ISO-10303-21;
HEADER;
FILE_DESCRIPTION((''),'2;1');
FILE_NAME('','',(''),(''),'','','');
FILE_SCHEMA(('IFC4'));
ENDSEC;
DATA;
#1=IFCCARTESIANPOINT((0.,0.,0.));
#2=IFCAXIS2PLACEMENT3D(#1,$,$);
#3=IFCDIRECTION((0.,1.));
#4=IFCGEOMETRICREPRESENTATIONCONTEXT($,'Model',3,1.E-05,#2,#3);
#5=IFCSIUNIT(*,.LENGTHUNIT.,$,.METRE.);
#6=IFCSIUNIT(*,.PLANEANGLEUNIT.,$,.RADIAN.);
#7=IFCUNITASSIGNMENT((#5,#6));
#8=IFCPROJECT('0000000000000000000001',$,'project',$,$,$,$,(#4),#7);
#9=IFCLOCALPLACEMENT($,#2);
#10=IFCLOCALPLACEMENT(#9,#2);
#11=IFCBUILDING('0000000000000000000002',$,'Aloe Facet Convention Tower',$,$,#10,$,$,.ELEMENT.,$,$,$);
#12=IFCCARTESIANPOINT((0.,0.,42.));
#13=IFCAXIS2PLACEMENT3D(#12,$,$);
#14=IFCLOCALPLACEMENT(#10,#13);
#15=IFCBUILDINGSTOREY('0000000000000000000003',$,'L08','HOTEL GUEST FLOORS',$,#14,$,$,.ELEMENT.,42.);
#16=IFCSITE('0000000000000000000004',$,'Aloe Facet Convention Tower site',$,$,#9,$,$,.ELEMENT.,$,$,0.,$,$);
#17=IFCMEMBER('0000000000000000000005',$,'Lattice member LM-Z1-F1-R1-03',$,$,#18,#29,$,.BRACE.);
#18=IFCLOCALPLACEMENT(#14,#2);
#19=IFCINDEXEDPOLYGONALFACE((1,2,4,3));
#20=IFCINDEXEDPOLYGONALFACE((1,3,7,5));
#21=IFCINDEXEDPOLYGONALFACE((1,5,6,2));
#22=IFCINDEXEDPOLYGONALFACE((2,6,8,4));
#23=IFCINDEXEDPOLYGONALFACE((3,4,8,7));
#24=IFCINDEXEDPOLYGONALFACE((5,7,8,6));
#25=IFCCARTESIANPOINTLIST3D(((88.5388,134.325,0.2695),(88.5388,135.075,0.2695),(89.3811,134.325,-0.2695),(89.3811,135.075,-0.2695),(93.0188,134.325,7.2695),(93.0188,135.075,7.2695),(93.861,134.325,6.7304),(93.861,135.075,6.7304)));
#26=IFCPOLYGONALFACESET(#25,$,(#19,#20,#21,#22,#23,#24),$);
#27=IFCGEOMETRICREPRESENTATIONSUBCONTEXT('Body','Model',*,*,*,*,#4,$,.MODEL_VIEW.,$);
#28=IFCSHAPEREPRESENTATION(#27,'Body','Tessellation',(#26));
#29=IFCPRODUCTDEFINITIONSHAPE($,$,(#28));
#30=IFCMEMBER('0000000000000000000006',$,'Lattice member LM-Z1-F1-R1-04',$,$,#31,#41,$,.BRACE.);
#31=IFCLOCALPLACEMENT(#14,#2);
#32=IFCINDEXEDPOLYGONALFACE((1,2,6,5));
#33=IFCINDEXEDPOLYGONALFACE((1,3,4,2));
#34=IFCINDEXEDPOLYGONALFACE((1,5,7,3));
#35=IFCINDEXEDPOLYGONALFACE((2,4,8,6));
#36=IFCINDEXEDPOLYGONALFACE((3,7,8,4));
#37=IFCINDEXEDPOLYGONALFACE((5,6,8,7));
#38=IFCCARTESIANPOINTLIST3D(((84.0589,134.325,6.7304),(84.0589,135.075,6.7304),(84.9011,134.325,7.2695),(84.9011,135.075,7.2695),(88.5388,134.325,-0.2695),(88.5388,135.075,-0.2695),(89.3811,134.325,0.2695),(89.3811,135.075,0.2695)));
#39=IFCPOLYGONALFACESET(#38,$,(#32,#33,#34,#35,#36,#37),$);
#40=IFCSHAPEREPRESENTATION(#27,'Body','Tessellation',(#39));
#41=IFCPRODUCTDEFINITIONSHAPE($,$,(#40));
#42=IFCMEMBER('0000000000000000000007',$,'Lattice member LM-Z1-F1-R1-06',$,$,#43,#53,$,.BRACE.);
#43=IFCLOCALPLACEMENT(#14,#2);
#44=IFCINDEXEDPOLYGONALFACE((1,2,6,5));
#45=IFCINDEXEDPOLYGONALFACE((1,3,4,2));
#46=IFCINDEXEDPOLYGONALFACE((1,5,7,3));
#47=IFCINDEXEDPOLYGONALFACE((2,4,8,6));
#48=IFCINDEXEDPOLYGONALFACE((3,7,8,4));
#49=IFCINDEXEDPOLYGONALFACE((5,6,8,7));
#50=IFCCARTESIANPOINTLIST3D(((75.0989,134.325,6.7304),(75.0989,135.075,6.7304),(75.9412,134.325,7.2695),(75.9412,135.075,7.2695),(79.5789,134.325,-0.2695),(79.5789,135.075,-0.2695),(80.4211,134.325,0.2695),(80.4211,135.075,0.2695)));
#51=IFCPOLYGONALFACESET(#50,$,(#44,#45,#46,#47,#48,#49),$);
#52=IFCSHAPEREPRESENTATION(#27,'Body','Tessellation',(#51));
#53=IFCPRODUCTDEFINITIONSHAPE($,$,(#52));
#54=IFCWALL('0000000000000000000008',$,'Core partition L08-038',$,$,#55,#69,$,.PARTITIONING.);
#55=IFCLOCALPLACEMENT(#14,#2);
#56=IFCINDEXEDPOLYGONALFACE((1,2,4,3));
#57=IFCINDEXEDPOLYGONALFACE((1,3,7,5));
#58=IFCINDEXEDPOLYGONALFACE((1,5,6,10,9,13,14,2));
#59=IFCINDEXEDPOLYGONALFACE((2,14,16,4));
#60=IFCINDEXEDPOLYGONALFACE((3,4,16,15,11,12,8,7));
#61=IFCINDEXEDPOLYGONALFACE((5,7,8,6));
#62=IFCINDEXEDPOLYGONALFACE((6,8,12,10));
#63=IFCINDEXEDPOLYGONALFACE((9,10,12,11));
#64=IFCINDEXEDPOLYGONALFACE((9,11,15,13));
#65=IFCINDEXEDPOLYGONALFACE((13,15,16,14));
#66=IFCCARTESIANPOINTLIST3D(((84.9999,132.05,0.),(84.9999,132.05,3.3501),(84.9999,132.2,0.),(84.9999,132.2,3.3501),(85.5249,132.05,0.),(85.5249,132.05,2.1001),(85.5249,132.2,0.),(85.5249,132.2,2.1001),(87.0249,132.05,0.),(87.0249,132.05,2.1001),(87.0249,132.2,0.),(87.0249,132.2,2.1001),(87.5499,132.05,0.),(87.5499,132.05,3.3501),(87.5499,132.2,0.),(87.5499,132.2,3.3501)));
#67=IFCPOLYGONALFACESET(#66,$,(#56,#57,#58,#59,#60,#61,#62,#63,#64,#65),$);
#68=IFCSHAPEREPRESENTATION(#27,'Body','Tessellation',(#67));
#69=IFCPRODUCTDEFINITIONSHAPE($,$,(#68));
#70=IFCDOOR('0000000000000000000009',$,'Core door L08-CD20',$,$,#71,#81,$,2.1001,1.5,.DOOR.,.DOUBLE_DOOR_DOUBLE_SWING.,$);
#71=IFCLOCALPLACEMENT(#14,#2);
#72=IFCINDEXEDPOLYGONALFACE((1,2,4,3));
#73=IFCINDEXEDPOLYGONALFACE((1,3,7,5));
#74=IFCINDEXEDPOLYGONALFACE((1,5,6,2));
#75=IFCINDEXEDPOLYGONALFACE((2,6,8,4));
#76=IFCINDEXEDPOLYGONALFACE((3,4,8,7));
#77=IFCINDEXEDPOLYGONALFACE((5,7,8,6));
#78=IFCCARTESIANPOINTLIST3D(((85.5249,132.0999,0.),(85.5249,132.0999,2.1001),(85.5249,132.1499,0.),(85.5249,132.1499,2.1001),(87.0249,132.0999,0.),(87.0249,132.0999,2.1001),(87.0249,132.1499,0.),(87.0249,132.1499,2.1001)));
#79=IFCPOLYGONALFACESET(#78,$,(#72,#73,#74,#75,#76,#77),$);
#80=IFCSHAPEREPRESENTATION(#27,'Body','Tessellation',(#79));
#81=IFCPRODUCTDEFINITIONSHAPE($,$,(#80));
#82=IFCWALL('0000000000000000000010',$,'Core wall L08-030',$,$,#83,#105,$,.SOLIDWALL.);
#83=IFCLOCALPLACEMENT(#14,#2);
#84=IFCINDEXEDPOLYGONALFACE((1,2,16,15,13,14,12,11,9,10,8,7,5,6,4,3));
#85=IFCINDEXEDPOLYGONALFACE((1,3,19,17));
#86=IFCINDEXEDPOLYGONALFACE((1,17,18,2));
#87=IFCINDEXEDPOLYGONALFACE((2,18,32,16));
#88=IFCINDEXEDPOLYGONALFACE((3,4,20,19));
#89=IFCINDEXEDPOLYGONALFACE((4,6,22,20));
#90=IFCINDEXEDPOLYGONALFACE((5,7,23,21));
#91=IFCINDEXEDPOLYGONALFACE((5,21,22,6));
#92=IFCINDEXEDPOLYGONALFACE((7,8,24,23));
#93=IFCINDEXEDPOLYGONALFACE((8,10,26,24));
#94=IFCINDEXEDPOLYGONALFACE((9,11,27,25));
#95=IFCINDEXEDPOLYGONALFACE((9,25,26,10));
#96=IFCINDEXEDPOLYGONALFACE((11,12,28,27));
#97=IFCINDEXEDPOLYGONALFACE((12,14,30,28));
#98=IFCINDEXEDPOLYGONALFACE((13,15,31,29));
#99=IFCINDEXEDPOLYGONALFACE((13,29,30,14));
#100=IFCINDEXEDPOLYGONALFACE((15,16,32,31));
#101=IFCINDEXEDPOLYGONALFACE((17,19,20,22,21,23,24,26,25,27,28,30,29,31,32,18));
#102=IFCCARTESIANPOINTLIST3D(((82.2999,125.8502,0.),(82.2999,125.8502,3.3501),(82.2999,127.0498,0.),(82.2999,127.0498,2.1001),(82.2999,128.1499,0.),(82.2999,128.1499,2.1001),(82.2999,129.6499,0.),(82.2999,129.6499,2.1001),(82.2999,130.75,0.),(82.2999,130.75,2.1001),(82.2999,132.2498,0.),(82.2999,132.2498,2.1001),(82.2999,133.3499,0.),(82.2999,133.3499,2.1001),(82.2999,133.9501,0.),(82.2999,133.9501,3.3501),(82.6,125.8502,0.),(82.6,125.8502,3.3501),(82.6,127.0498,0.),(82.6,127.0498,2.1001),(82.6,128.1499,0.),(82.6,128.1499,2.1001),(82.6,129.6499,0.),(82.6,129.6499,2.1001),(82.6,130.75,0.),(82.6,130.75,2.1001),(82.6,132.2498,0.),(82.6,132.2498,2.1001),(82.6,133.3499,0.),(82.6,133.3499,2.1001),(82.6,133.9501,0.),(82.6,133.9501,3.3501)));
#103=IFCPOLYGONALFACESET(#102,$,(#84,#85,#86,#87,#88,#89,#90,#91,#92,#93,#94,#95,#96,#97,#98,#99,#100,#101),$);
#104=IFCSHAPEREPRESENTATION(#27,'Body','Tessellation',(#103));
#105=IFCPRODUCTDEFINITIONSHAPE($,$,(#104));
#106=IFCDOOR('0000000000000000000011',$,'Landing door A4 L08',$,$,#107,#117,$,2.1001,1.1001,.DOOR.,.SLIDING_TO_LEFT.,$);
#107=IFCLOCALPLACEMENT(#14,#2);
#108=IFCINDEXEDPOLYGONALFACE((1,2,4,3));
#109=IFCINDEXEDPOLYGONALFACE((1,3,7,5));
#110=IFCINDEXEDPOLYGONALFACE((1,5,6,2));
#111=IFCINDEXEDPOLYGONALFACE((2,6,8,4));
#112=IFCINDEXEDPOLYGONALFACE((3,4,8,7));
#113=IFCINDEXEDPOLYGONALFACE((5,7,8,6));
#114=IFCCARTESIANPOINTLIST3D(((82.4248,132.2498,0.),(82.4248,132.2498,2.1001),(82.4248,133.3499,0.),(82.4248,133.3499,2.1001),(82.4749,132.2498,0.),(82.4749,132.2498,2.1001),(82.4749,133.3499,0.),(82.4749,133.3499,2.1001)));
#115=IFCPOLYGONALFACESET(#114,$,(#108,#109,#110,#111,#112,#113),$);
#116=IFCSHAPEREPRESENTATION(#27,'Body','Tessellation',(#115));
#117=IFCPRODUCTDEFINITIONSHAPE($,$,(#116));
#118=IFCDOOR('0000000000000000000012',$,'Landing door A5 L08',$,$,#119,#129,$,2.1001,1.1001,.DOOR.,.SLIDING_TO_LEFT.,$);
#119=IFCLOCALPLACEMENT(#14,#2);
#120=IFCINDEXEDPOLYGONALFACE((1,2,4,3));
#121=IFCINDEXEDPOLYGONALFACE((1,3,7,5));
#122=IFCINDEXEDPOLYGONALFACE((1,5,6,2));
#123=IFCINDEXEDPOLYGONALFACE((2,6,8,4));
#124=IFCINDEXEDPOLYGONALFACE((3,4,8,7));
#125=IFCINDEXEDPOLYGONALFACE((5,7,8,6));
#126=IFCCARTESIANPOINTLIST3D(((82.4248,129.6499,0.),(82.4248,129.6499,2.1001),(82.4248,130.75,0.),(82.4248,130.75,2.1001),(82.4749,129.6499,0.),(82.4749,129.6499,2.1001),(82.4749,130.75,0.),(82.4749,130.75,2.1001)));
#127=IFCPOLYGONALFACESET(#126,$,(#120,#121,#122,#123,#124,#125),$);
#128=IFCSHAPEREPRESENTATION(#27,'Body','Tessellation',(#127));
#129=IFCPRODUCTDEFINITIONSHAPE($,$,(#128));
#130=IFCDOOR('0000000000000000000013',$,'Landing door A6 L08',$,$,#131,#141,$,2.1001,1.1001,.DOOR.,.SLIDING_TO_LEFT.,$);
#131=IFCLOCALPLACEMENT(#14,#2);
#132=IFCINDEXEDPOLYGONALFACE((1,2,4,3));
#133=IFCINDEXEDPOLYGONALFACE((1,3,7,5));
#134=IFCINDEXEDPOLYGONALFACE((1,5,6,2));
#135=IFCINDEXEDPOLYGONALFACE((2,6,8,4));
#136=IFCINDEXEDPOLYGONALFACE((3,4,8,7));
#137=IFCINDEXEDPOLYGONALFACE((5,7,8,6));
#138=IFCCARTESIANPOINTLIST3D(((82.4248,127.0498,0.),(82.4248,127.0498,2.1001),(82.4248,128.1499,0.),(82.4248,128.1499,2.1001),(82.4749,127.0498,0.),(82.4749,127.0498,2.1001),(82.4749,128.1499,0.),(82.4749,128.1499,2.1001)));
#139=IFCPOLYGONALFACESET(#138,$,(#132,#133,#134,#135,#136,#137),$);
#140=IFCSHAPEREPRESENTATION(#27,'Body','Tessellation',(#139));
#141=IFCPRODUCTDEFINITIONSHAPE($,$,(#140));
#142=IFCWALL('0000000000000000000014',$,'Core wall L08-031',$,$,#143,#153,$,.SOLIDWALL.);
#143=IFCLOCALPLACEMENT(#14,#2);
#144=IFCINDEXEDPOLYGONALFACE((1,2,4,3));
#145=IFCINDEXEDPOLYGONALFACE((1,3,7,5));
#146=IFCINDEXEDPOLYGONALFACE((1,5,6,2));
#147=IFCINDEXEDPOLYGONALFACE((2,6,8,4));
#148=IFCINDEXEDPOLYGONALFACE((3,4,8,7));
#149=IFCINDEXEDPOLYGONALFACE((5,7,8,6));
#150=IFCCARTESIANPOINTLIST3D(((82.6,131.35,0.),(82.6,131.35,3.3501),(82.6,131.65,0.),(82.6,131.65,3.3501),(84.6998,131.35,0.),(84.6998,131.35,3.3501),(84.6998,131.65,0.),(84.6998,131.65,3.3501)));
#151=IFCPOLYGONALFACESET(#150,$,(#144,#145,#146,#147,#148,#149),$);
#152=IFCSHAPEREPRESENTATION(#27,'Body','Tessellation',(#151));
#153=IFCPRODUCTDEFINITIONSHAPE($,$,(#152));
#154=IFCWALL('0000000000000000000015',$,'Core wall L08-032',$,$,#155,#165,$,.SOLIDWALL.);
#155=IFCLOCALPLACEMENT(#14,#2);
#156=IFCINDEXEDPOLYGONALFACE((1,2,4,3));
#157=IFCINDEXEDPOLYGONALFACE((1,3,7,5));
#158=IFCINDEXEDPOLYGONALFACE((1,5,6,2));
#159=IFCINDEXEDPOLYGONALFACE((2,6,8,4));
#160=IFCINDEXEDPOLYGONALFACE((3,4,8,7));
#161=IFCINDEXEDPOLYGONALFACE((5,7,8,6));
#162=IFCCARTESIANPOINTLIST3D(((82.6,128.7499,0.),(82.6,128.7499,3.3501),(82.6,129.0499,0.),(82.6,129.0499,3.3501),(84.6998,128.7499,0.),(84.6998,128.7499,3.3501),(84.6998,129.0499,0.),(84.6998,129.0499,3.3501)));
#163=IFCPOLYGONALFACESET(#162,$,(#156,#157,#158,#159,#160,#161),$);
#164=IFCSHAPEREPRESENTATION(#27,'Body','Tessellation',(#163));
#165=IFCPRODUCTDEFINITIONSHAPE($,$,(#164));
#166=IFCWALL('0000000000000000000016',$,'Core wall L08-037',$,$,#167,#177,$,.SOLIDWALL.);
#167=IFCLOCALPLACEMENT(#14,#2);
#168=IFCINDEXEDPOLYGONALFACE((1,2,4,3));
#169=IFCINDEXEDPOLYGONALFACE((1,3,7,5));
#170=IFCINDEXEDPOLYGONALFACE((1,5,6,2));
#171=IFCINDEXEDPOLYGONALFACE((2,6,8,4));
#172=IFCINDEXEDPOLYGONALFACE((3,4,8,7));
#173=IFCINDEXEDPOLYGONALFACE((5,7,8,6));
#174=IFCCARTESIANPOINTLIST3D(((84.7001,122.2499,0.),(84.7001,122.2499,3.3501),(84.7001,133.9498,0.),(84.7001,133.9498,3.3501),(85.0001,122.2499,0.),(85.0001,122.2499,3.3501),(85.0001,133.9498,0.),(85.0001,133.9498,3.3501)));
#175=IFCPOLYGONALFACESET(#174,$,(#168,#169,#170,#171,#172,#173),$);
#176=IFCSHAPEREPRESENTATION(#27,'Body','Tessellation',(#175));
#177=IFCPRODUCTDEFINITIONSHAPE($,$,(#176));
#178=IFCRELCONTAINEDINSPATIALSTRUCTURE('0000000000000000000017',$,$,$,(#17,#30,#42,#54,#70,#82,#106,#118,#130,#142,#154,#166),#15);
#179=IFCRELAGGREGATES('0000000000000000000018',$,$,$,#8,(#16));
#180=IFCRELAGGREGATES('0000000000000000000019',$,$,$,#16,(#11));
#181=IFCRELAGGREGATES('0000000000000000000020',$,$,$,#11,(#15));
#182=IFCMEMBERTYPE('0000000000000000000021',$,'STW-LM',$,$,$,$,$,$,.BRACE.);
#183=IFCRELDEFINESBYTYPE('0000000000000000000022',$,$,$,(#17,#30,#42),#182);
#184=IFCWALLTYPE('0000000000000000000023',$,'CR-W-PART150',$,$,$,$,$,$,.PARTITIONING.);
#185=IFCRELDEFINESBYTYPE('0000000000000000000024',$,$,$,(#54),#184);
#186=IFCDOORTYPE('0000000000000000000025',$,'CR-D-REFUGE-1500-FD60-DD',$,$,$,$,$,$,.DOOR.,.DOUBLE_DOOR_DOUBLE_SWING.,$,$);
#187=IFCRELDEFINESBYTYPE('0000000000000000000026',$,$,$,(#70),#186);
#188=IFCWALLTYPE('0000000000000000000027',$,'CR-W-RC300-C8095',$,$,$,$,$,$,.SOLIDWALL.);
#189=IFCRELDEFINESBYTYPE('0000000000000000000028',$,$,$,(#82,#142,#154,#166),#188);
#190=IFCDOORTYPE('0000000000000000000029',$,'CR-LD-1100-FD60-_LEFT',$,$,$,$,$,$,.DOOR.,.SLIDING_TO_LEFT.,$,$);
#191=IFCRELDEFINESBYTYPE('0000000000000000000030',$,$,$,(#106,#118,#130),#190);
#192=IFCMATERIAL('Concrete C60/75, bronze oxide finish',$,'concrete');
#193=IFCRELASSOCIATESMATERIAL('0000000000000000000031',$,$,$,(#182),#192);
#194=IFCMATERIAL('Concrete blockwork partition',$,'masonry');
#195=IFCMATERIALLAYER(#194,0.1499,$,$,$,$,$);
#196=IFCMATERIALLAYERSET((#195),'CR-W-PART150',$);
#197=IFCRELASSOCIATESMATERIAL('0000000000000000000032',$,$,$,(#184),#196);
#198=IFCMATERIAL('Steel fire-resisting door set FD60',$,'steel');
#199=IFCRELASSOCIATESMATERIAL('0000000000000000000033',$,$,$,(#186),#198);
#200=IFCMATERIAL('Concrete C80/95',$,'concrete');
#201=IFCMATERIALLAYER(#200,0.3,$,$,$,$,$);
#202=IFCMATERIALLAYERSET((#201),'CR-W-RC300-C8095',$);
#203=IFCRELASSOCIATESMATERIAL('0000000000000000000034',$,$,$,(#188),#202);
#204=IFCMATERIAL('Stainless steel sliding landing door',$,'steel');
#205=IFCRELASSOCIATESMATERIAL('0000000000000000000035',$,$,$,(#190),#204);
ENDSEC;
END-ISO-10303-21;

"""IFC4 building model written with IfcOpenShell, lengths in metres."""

from ifc_helpers import new_model, si_unit, direction, frame, frame_2d, origin, origin_2d, place, context, subcontext, project, spatial, rectangle, extrude, material, layer, layer_set, material_profile, profile_set, type_object, element, fill, save


model = new_model("IFC4")

# Units and contexts
model_context = context("Model", 3, precision=1e-05, world=origin(), true_north=direction((0.0, 1.0)))
body_context = subcontext(model_context, "Body", "Model", "MODEL_VIEW")
ifc_project = project(units=[si_unit("LENGTHUNIT", "METRE"), si_unit("PLANEANGLEUNIT", "RADIAN")], contexts=[model_context])

# Site, building, storey
site_placement = place(None, origin())
site = spatial("IfcSite", under=ifc_project, at=site_placement, Name="Aloe Facet Convention Tower site", CompositionType="ELEMENT", RefElevation=0.0)
building_placement = place(site_placement, origin())
building = spatial("IfcBuilding", under=site, at=building_placement, Name="Aloe Facet Convention Tower", CompositionType="ELEMENT")
storey_placement = place(building_placement, frame((0.0, 0.0, 42.0)))
storey = spatial("IfcBuildingStorey", under=building, at=storey_placement, Name="L08", Description="HOTEL GUEST FLOORS", CompositionType="ELEMENT", Elevation=42.0)

# Members
ifc_material_1 = material(Name="Concrete C60/75, bronze oxide finish", Category="concrete")
ifc_material_profile = material_profile(ifc_material_1, rectangle(XDim=0.75, YDim=1.0, at=origin_2d()), Name="STW-LM")
ifc_profile_set = profile_set([ifc_material_profile], Name="Concrete C60/75, bronze oxide finish")
member_type = type_object("IfcMemberType", Name="STW-LM", PredefinedType="BRACE", material=ifc_profile_set)
for number, where, z_axis, x_axis, name in (
    (1, (88.96, 134.7, 0.0), (0.539052, 0.0, 0.842272), (0.0, 1.0, 0.0), "Lattice member LM-Z1-F1-R1-03"),
    (2, (88.96, 134.7, 0.0), (-0.539052, 0.0, 0.842272), (0.0, -1.0, 0.0), "Lattice member LM-Z1-F1-R1-04"),
    (3, (80.0, 134.7, 0.0), (-0.539052, 0.0, 0.842272), (0.0, -1.0, 0.0), "Lattice member LM-Z1-F1-R1-06"),
):
    element("IfcMember", number, at=place(storey_placement, frame(where, z_axis=z_axis, x_axis=x_axis)), inside=storey, type_object=member_type, Name=name, PredefinedType="BRACE", context=body_context, shape_type="SweptSolid", body=[
        extrude(rectangle(XDim=0.75, YDim=1.0, at=origin_2d()), origin(), (0.0, 0.0, 1.0), 8.3108),
    ])

# Wall, opening, door
ifc_material_2 = material(Name="Concrete blockwork partition", Category="masonry")
ifc_layer_1 = layer(ifc_material_2, 0.1499)
ifc_layer_set_1 = layer_set([ifc_layer_1], Name="CR-W-PART150")
wall_type_1 = type_object("IfcWallType", Name="CR-W-PART150", PredefinedType="PARTITIONING", material=ifc_layer_set_1)
wall_1_placement = place(storey_placement, frame((85.0, 132.125, 0.0), z_axis=(0.0, 0.0, 1.0), x_axis=(1.0, 0.0, 0.0)))
wall_1 = element("IfcWall", 4, at=wall_1_placement, inside=storey, type_object=wall_type_1, Name="Core partition L08-038", PredefinedType="PARTITIONING", context=body_context, shape_type="SweptSolid", body=[
    extrude(rectangle(XDim=2.55, YDim=0.1499, at=frame_2d((1.2749, 0.0))), origin(), (0.0, 0.0, 1.0), 3.3501),
])
opening_1_placement = place(wall_1_placement, frame((0.5249, 0.0, 0.0)))
opening_1 = element("IfcOpeningElement", 5, at=opening_1_placement, cuts=wall_1, PredefinedType="OPENING", context=body_context, shape_type="SweptSolid", body=[
    extrude(rectangle(XDim=1.5, YDim=2.1001, at=frame_2d((0.75, 1.05))), frame((0.0, 0.085, 0.0), z_axis=(0.0, -1.0, 0.0), x_axis=(1.0, 0.0, 0.0)), (0.0, 0.0, 1.0), 0.1699),
])
ifc_material_3 = material(Name="Steel fire-resisting door set FD60", Category="steel")
door_type_1 = type_object("IfcDoorType", Name="CR-D-REFUGE-1500-FD60-DD", OperationType="DOUBLE_DOOR_DOUBLE_SWING", PredefinedType="DOOR", material=ifc_material_3)
door_1_placement = place(opening_1_placement, origin())
door_1 = element("IfcDoor", 6, at=door_1_placement, inside=storey, type_object=door_type_1, Name="Core door L08-CD20", OperationType="DOUBLE_DOOR_DOUBLE_SWING", OverallHeight=2.1001, OverallWidth=1.5, PredefinedType="DOOR", context=body_context, shape_type="SweptSolid", body=[
    extrude(rectangle(XDim=1.5, YDim=2.1001, at=frame_2d((0.75, 1.05))), frame((0.0, 0.0249, 0.0), z_axis=(0.0, -1.0, 0.0), x_axis=(1.0, 0.0, 0.0)), (0.0, 0.0, 1.0), 0.05),
])
fill(opening_1, door_1)

# Wall, openings, doors
ifc_material_4 = material(Name="Concrete C80/95", Category="concrete")
ifc_layer_2 = layer(ifc_material_4, 0.3)
ifc_layer_set_2 = layer_set([ifc_layer_2], Name="CR-W-RC300-C8095")
wall_type_2 = type_object("IfcWallType", Name="CR-W-RC300-C8095", PredefinedType="SOLIDWALL", material=ifc_layer_set_2)
wall_2_placement = place(storey_placement, frame((82.45, 133.95, 0.0), z_axis=(0.0, 0.0, 1.0), x_axis=(0.0, -1.0, 0.0)))
wall_2 = element("IfcWall", 7, at=wall_2_placement, inside=storey, type_object=wall_type_2, Name="Core wall L08-030", PredefinedType="SOLIDWALL", context=body_context, shape_type="SweptSolid", body=[
    extrude(rectangle(XDim=8.0999, YDim=0.3, at=frame_2d((4.0498, 0.0))), origin(), (0.0, 0.0, 1.0), 3.3501),
])
opening_2_placement = place(wall_2_placement, frame((0.6001, 0.0, 0.0)))
opening_2 = element("IfcOpeningElement", 8, at=opening_2_placement, cuts=wall_2, PredefinedType="OPENING", context=body_context, shape_type="SweptSolid", body=[
    extrude(rectangle(XDim=1.1001, YDim=2.1001, at=frame_2d((0.55, 1.05))), frame((0.0, 0.1602, 0.0), z_axis=(0.0, -1.0, 0.0), x_axis=(1.0, 0.0, 0.0)), (0.0, 0.0, 1.0), 0.3201),
])
opening_3_placement = place(wall_2_placement, frame((3.2, 0.0, 0.0)))
opening_3 = element("IfcOpeningElement", 9, at=opening_3_placement, cuts=wall_2, PredefinedType="OPENING", context=body_context, shape_type="SweptSolid", body=[
    extrude(rectangle(XDim=1.1001, YDim=2.1001, at=frame_2d((0.55, 1.05))), frame((0.0, 0.1602, 0.0), z_axis=(0.0, -1.0, 0.0), x_axis=(1.0, 0.0, 0.0)), (0.0, 0.0, 1.0), 0.3201),
])
opening_4_placement = place(wall_2_placement, frame((5.8, 0.0, 0.0)))
opening_4 = element("IfcOpeningElement", 10, at=opening_4_placement, cuts=wall_2, PredefinedType="OPENING", context=body_context, shape_type="SweptSolid", body=[
    extrude(rectangle(XDim=1.1001, YDim=2.1001, at=frame_2d((0.55, 1.05))), frame((0.0, 0.1602, 0.0), z_axis=(0.0, -1.0, 0.0), x_axis=(1.0, 0.0, 0.0)), (0.0, 0.0, 1.0), 0.3201),
])
ifc_material_5 = material(Name="Stainless steel sliding landing door", Category="steel")
door_type_2 = type_object("IfcDoorType", Name="CR-LD-1100-FD60-_LEFT", OperationType="SLIDING_TO_LEFT", PredefinedType="DOOR", material=ifc_material_5)
door_2_placement = place(opening_2_placement, origin())
door_2 = element("IfcDoor", 11, at=door_2_placement, inside=storey, type_object=door_type_2, Name="Landing door A4 L08", OperationType="SLIDING_TO_LEFT", OverallHeight=2.1001, OverallWidth=1.1001, PredefinedType="DOOR", context=body_context, shape_type="SweptSolid", body=[
    extrude(rectangle(XDim=1.1001, YDim=2.1001, at=frame_2d((0.55, 1.05))), frame((0.0, 0.0249, 0.0), z_axis=(0.0, -1.0, 0.0), x_axis=(1.0, 0.0, 0.0)), (0.0, 0.0, 1.0), 0.05),
])
fill(opening_2, door_2)
door_3_placement = place(opening_3_placement, origin())
door_3 = element("IfcDoor", 12, at=door_3_placement, inside=storey, type_object=door_type_2, Name="Landing door A5 L08", OperationType="SLIDING_TO_LEFT", OverallHeight=2.1001, OverallWidth=1.1001, PredefinedType="DOOR", context=body_context, shape_type="SweptSolid", body=[
    extrude(rectangle(XDim=1.1001, YDim=2.1001, at=frame_2d((0.55, 1.05))), frame((0.0, 0.0249, 0.0), z_axis=(0.0, -1.0, 0.0), x_axis=(1.0, 0.0, 0.0)), (0.0, 0.0, 1.0), 0.05),
])
fill(opening_3, door_3)
door_4_placement = place(opening_4_placement, origin())
door_4 = element("IfcDoor", 13, at=door_4_placement, inside=storey, type_object=door_type_2, Name="Landing door A6 L08", OperationType="SLIDING_TO_LEFT", OverallHeight=2.1001, OverallWidth=1.1001, PredefinedType="DOOR", context=body_context, shape_type="SweptSolid", body=[
    extrude(rectangle(XDim=1.1001, YDim=2.1001, at=frame_2d((0.55, 1.05))), frame((0.0, 0.0249, 0.0), z_axis=(0.0, -1.0, 0.0), x_axis=(1.0, 0.0, 0.0)), (0.0, 0.0, 1.0), 0.05),
])
fill(opening_4, door_4)

# Walls
for number, where, z_axis, x_axis, name in (
    (14, (82.6001, 131.5, 0.0), (0.0, 0.0, 1.0), (1.0, 0.0, 0.0), "Core wall L08-031"),
    (15, (82.6001, 128.8999, 0.0), (0.0, 0.0, 1.0), (1.0, 0.0, 0.0), "Core wall L08-032"),
):
    element("IfcWall", number, at=place(storey_placement, frame(where, z_axis=z_axis, x_axis=x_axis)), inside=storey, type_object=wall_type_2, Name=name, PredefinedType="SOLIDWALL", context=body_context, shape_type="SweptSolid", body=[
        extrude(rectangle(XDim=2.0999, YDim=0.3, at=frame_2d((1.0498, 0.0))), origin(), (0.0, 0.0, 1.0), 3.3501),
    ])
wall_3_placement = place(storey_placement, frame((84.8501, 133.95, 0.0), z_axis=(0.0, 0.0, 1.0), x_axis=(0.0, -1.0, 0.0)))
element("IfcWall", 16, at=wall_3_placement, inside=storey, type_object=wall_type_2, Name="Core wall L08-037", PredefinedType="SOLIDWALL", context=body_context, shape_type="SweptSolid", body=[
    extrude(rectangle(XDim=11.7, YDim=0.3, at=frame_2d((5.8501, 0.0))), origin(), (0.0, 0.0, 1.0), 3.3501),
])

save(model, "model.ifc")
